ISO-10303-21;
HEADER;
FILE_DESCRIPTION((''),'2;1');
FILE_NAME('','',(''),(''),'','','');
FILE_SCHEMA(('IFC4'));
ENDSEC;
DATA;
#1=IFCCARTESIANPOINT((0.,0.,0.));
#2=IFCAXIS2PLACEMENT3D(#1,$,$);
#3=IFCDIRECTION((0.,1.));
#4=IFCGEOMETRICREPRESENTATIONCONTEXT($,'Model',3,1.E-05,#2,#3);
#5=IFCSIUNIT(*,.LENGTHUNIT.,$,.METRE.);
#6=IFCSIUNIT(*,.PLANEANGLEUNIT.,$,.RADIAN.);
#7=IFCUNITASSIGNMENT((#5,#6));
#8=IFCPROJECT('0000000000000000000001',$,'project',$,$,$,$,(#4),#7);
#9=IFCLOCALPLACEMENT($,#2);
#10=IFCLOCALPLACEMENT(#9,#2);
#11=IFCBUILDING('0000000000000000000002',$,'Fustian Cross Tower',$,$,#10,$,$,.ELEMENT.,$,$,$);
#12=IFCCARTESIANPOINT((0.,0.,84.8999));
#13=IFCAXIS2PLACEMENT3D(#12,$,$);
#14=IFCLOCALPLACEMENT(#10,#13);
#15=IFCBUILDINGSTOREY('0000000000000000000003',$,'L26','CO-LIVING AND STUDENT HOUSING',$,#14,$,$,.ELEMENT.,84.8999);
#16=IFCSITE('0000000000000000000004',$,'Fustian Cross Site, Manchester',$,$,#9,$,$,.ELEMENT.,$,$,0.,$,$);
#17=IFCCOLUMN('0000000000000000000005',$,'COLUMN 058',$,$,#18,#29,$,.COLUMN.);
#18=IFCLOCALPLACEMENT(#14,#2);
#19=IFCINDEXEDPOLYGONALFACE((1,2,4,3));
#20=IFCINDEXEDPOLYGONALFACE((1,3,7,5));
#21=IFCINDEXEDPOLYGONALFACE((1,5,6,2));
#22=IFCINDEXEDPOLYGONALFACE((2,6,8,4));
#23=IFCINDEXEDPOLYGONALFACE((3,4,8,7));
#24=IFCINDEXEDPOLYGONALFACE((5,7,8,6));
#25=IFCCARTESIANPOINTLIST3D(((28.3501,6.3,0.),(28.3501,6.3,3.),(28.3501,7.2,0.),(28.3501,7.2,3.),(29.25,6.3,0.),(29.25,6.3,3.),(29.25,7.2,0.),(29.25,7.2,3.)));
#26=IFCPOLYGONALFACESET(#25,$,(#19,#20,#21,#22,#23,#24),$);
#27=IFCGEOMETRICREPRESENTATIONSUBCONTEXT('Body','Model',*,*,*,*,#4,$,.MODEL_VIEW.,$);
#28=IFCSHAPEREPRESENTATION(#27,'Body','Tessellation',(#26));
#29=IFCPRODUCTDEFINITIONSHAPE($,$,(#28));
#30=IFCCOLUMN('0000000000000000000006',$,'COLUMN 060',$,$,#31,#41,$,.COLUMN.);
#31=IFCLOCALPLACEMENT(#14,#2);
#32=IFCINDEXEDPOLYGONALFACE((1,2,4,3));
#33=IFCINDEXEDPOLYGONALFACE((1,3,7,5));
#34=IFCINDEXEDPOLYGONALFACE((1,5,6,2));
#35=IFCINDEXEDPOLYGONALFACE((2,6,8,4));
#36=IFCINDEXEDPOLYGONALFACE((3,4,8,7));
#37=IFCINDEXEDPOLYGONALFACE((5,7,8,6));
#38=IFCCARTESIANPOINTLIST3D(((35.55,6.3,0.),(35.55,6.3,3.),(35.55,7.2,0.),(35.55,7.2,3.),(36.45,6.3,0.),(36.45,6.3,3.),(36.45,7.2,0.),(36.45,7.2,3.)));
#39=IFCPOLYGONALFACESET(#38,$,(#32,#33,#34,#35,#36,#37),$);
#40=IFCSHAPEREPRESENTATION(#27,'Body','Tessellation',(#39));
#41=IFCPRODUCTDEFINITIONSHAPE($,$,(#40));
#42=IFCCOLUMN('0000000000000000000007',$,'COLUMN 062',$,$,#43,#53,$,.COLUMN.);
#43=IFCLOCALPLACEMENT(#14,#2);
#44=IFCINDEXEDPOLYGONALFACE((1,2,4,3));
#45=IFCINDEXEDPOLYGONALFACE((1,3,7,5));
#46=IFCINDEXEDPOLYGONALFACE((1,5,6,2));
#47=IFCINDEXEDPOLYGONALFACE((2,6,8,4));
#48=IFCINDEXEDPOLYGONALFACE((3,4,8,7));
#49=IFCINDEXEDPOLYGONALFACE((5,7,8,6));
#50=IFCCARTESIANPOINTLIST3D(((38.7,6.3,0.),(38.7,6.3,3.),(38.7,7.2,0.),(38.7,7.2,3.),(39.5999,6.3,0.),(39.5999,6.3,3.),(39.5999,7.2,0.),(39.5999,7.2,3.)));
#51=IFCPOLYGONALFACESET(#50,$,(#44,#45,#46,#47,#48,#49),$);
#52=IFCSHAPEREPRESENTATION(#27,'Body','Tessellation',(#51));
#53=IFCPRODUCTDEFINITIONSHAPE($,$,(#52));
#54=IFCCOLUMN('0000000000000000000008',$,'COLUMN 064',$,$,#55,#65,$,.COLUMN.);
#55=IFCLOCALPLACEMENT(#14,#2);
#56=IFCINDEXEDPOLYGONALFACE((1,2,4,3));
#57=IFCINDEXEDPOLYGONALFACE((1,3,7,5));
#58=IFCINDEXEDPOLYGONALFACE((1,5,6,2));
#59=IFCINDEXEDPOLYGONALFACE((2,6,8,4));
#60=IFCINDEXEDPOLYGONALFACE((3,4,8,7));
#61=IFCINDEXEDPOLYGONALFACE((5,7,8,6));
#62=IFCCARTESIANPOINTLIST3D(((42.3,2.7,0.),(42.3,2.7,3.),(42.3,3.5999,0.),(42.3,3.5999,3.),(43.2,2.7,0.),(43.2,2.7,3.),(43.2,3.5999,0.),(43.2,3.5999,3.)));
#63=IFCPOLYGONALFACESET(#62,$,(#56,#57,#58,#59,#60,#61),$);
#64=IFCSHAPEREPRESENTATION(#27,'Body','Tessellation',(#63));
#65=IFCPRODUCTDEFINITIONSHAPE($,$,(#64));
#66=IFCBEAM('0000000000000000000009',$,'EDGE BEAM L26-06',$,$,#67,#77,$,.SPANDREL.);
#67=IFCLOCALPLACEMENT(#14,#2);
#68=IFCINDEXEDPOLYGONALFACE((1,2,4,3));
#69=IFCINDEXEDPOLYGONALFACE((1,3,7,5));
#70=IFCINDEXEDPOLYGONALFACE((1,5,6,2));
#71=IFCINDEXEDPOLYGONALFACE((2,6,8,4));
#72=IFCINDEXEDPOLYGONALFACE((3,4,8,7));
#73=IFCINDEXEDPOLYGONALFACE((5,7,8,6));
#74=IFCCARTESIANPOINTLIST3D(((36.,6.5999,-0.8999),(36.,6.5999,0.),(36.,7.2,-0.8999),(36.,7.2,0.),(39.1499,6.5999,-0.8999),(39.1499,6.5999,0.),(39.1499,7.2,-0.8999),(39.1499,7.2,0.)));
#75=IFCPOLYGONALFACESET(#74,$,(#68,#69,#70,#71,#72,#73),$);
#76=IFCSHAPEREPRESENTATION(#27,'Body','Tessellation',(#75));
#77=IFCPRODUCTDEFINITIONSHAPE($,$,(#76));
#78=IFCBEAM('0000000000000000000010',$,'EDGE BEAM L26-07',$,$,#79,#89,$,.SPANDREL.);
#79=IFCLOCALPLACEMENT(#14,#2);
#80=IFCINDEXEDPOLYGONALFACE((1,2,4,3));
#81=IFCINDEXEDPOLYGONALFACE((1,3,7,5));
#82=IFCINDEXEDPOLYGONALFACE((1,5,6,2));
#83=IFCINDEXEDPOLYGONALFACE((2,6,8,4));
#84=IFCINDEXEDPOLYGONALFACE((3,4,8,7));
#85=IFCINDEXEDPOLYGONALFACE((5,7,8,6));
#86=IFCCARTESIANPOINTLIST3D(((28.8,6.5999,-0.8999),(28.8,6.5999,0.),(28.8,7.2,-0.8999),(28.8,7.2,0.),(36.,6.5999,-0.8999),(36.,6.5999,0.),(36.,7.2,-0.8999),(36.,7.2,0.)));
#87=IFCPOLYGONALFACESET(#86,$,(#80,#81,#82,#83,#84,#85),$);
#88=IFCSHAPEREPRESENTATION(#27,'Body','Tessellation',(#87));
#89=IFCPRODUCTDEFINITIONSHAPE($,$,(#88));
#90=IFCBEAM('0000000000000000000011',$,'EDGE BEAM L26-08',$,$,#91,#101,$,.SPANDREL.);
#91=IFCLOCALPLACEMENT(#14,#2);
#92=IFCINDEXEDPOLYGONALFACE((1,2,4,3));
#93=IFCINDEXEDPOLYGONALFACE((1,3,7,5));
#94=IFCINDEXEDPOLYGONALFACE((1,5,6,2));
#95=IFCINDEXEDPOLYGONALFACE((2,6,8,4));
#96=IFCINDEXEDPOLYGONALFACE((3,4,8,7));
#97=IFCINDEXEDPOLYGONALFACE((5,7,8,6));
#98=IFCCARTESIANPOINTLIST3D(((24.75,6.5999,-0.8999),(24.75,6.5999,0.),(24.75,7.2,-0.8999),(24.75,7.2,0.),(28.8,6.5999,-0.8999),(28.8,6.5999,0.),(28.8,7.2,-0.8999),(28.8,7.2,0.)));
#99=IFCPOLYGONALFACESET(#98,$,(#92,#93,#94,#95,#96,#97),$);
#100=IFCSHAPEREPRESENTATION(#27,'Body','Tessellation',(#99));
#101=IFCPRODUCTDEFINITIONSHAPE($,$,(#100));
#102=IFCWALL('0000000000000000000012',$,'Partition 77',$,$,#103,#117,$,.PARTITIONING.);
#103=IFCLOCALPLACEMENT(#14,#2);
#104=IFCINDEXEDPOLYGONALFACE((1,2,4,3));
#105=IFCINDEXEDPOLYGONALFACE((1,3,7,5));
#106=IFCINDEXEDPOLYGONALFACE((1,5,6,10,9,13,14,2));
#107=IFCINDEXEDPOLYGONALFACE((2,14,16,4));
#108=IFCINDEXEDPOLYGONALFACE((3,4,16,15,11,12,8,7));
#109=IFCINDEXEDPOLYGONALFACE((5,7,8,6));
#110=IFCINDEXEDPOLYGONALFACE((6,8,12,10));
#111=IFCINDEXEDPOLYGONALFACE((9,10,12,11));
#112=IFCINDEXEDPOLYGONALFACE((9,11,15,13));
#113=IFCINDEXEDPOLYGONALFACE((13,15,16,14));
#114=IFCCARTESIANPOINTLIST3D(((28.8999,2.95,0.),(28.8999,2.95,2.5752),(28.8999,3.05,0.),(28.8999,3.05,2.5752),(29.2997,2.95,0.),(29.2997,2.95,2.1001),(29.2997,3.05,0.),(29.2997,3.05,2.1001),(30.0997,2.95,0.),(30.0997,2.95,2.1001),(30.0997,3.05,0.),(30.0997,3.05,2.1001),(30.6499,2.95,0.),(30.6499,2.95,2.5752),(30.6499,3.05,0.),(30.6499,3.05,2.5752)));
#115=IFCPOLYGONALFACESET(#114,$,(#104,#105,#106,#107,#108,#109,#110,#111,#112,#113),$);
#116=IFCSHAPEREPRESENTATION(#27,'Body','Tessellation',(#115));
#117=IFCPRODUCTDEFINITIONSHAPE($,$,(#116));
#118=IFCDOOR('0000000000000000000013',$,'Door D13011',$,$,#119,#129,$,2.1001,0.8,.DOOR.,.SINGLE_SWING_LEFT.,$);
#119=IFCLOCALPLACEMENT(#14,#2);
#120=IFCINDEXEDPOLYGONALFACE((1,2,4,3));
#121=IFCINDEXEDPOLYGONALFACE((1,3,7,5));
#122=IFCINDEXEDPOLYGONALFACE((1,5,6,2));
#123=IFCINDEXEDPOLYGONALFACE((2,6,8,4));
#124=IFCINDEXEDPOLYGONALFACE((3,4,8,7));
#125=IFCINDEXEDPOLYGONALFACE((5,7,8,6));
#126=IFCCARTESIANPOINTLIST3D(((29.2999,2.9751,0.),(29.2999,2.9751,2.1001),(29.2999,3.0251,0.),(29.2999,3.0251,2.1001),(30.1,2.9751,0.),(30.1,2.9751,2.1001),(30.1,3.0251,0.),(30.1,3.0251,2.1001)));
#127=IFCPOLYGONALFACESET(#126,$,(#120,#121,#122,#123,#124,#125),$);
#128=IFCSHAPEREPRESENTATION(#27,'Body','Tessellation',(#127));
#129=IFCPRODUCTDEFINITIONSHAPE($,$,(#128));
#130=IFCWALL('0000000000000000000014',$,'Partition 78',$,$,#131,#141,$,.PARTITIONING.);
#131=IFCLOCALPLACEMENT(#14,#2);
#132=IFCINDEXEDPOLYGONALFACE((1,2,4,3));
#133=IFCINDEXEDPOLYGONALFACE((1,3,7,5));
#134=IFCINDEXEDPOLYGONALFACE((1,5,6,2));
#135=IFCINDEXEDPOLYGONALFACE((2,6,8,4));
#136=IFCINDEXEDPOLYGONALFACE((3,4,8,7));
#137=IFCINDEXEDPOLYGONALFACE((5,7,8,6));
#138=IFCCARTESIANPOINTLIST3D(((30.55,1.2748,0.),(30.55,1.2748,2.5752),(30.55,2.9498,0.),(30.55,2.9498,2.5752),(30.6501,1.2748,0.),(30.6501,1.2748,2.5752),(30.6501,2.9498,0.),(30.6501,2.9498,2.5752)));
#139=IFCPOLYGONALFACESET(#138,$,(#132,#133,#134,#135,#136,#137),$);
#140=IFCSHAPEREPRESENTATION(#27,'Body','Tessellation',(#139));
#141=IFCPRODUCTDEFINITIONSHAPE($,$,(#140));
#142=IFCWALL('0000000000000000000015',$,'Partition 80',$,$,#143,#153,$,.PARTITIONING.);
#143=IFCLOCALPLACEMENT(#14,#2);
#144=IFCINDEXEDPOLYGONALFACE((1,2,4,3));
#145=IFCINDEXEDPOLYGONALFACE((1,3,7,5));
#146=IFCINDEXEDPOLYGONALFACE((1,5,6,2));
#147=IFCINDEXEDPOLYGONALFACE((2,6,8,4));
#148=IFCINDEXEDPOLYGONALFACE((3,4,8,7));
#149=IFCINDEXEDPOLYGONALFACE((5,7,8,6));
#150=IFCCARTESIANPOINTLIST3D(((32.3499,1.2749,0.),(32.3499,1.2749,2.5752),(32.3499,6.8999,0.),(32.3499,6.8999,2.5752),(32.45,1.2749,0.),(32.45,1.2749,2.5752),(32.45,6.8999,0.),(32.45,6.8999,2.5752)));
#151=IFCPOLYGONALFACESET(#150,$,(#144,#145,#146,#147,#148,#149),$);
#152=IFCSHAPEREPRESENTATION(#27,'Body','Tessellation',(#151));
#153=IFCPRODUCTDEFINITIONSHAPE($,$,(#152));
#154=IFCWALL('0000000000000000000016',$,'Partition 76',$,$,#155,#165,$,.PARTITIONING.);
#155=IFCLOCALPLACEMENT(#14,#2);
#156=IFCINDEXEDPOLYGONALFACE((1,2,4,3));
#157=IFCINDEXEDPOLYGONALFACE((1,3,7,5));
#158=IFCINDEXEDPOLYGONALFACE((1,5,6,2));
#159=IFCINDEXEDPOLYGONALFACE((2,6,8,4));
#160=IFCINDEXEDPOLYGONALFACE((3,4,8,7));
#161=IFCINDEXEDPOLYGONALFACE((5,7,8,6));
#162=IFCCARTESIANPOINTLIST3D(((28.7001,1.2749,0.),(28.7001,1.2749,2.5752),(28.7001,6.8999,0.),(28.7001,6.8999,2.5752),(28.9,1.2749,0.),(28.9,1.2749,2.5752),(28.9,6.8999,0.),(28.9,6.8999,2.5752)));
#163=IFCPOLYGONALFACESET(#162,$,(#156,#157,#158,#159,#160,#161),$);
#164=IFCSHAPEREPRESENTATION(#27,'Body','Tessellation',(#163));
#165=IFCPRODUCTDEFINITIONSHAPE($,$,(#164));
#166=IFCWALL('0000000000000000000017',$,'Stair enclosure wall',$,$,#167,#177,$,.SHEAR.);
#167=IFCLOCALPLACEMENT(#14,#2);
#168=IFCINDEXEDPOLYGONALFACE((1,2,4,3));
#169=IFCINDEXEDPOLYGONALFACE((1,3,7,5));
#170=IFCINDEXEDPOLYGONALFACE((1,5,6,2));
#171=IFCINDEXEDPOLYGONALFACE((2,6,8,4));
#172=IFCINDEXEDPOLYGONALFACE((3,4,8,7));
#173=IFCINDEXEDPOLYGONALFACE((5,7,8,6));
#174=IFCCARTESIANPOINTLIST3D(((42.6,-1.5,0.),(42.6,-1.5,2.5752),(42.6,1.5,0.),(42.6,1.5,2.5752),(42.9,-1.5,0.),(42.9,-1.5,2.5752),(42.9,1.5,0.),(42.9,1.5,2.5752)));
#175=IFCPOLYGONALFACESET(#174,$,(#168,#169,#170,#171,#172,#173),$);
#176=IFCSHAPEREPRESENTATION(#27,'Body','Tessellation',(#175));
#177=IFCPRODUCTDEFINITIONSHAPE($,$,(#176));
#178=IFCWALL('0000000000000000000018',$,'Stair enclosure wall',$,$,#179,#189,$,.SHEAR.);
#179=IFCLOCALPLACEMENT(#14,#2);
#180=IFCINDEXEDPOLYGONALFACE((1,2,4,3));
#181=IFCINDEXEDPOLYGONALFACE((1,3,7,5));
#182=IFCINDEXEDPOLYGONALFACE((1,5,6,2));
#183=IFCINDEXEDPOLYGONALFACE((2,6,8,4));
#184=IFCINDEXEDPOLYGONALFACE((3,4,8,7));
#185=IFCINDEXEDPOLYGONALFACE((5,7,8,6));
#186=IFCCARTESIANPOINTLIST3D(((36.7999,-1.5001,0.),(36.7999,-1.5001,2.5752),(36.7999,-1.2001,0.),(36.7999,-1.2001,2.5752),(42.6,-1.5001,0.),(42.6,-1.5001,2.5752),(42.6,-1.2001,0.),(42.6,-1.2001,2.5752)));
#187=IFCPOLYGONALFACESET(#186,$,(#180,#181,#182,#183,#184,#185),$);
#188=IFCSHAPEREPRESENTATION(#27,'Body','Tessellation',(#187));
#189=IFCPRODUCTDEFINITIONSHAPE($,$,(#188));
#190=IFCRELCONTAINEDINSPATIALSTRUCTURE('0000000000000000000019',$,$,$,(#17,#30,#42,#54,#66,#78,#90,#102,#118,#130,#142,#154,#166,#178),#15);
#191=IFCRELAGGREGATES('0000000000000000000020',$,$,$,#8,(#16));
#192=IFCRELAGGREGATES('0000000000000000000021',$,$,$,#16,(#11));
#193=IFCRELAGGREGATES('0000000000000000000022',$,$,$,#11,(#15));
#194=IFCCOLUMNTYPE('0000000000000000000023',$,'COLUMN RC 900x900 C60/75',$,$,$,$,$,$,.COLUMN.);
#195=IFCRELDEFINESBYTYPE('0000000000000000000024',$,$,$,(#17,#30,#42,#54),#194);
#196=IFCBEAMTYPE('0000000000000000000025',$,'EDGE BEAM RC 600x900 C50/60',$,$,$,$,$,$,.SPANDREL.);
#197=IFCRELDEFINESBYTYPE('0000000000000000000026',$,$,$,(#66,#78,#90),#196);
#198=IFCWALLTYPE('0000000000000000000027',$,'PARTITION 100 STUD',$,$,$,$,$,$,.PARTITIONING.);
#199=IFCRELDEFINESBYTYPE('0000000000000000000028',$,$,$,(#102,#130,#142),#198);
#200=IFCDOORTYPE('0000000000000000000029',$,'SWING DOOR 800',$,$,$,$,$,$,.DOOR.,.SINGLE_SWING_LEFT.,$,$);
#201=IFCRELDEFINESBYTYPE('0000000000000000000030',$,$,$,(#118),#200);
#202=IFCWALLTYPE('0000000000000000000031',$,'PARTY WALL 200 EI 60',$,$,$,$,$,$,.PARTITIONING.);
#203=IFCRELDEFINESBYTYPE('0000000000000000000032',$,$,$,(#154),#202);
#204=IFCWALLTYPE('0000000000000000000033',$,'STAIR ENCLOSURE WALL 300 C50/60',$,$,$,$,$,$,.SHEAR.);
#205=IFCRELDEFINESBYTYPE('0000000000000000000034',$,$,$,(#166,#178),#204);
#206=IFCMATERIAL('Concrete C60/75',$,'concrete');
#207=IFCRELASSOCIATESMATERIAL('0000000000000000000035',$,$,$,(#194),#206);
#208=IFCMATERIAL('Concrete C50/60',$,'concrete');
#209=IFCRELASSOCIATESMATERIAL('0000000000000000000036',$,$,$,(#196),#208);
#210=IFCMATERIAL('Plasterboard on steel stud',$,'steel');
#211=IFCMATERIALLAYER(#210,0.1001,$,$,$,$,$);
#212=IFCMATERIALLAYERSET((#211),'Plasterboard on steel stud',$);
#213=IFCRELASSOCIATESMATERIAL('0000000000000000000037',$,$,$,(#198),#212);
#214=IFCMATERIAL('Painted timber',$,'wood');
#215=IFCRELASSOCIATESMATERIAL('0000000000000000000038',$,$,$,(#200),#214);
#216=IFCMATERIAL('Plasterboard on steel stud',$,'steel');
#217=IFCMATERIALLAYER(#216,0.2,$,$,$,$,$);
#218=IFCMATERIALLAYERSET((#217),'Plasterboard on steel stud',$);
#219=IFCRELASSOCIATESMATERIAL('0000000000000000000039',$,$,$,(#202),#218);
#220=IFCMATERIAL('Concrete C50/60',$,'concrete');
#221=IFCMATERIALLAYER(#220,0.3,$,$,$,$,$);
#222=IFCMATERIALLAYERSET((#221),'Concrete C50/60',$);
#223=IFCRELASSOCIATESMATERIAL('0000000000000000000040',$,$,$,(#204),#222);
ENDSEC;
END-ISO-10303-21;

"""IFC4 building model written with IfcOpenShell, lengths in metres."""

from ifc_helpers import new_model, si_unit, direction, frame, frame_2d, origin, origin_2d, place, context, subcontext, project, spatial, rectangle, extrude, material, layer, layer_set, material_profile, profile_set, type_object, element, fill, save


model = new_model("IFC4")

# Units and contexts
model_context = context("Model", 3, precision=1e-05, world=origin(), true_north=direction((0.0, 1.0)))
body_context = subcontext(model_context, "Body", "Model", "MODEL_VIEW")
ifc_project = project(units=[si_unit("LENGTHUNIT", "METRE"), si_unit("PLANEANGLEUNIT", "RADIAN")], contexts=[model_context])

# Site, building, storey
site_placement = place(None, origin())
site = spatial("IfcSite", under=ifc_project, at=site_placement, Name="Fustian Cross Site, Manchester", CompositionType="ELEMENT", RefElevation=0.0)
building_placement = place(site_placement, origin())
building = spatial("IfcBuilding", under=site, at=building_placement, Name="Fustian Cross Tower", CompositionType="ELEMENT")
storey_placement = place(building_placement, frame((0.0, 0.0, 84.8999)))
storey = spatial("IfcBuildingStorey", under=building, at=storey_placement, Name="L26", Description="CO-LIVING AND STUDENT HOUSING", CompositionType="ELEMENT", Elevation=84.8999)

# Columns
ifc_material_1 = material(Name="Concrete C60/75", Category="concrete")
ifc_material_profile_1 = material_profile(ifc_material_1, rectangle(XDim=0.8999, YDim=0.8999, at=origin_2d()), Name="RC 900x900")
ifc_profile_set_1 = profile_set([ifc_material_profile_1], Name="Concrete C60/75")
column_type = type_object("IfcColumnType", Name="COLUMN RC 900x900 C60/75", PredefinedType="COLUMN", material=ifc_profile_set_1)
for number, where, z_axis, x_axis, name in (
    (1, (28.8, 6.75, 0.0), (0.0, 0.0, 1.0), (1.0, 0.0, 0.0), "COLUMN 058"),
    (2, (36.0, 6.75, 0.0), (0.0, 0.0, 1.0), (1.0, 0.0, 0.0), "COLUMN 060"),
    (3, (39.1499, 6.75, 0.0), (0.0, 0.0, 1.0), (1.0, 0.0, 0.0), "COLUMN 062"),
    (4, (42.75, 3.1499, 0.0), (0.0, 0.0, 1.0), (1.0, 0.0, 0.0), "COLUMN 064"),
):
    element("IfcColumn", number, at=place(storey_placement, frame(where, z_axis=z_axis, x_axis=x_axis)), inside=storey, type_object=column_type, Name=name, PredefinedType="COLUMN", context=body_context, shape_type="SweptSolid", body=[
        extrude(rectangle(XDim=0.8999, YDim=0.8999, at=origin_2d()), origin(), (0.0, 0.0, 1.0), 3.0),
    ])

# Beams
ifc_material_2 = material(Name="Concrete C50/60", Category="concrete")
ifc_material_profile_2 = material_profile(ifc_material_2, rectangle(XDim=0.6001, YDim=0.8999, at=origin_2d()), Name="RC 600x900")
ifc_profile_set_2 = profile_set([ifc_material_profile_2], Name="Concrete C50/60")
beam_type = type_object("IfcBeamType", Name="EDGE BEAM RC 600x900 C50/60", PredefinedType="SPANDREL", material=ifc_profile_set_2)
beam_1_placement = place(storey_placement, frame((39.1499, 6.8999, -0.45), z_axis=(-1.0, 0.0, 0.0), x_axis=(0.0, -1.0, 0.0)))
element("IfcBeam", 5, at=beam_1_placement, inside=storey, type_object=beam_type, Name="EDGE BEAM L26-06", PredefinedType="SPANDREL", context=body_context, shape_type="SweptSolid", body=[
    extrude(rectangle(XDim=0.6001, YDim=0.8999, at=origin_2d()), origin(), (0.0, 0.0, 1.0), 3.1499),
])
beam_2_placement = place(storey_placement, frame((36.0, 6.8999, -0.45), z_axis=(-1.0, 0.0, 0.0), x_axis=(0.0, -1.0, 0.0)))
element("IfcBeam", 6, at=beam_2_placement, inside=storey, type_object=beam_type, Name="EDGE BEAM L26-07", PredefinedType="SPANDREL", context=body_context, shape_type="SweptSolid", body=[
    extrude(rectangle(XDim=0.6001, YDim=0.8999, at=origin_2d()), origin(), (0.0, 0.0, 1.0), 7.2),
])
beam_3_placement = place(storey_placement, frame((28.8, 6.8999, -0.45), z_axis=(-1.0, 0.0, 0.0), x_axis=(0.0, -1.0, 0.0)))
element("IfcBeam", 7, at=beam_3_placement, inside=storey, type_object=beam_type, Name="EDGE BEAM L26-08", PredefinedType="SPANDREL", context=body_context, shape_type="SweptSolid", body=[
    extrude(rectangle(XDim=0.6001, YDim=0.8999, at=origin_2d()), origin(), (0.0, 0.0, 1.0), 4.05),
])

# Wall, opening, door
ifc_material_3 = material(Name="Plasterboard on steel stud", Category="steel")
ifc_layer_1 = layer(ifc_material_3, 0.1001)
ifc_layer_set_1 = layer_set([ifc_layer_1], Name="Plasterboard on steel stud")
wall_type_1 = type_object("IfcWallType", Name="PARTITION 100 STUD", PredefinedType="PARTITIONING", material=ifc_layer_set_1)
wall_1_placement = place(storey_placement, frame((28.8999, 3.0, 0.0), z_axis=(0.0, 0.0, 1.0), x_axis=(1.0, 0.0, 0.0)))
wall_1 = element("IfcWall", 8, at=wall_1_placement, inside=storey, type_object=wall_type_1, Name="Partition 77", PredefinedType="PARTITIONING", context=body_context, shape_type="SweptSolid", body=[
    extrude(rectangle(XDim=1.75, YDim=0.1001, at=frame_2d((0.875, 0.0))), origin(), (0.0, 0.0, 1.0), 2.5752),
])
opening_1_placement = place(wall_1_placement, frame((0.3999, 0.0, 0.0)))
opening_1 = element("IfcOpeningElement", 9, at=opening_1_placement, cuts=wall_1, PredefinedType="OPENING", context=body_context, shape_type="SweptSolid", body=[
    extrude(rectangle(XDim=0.8, YDim=2.1001, at=frame_2d((0.3999, 1.05))), frame((0.0, 0.0601, 0.0), z_axis=(0.0, -1.0, 0.0), x_axis=(1.0, 0.0, 0.0)), (0.0, 0.0, 1.0), 0.1201),
])
ifc_material_4 = material(Name="Painted timber", Category="wood")
door_type = type_object("IfcDoorType", Name="SWING DOOR 800", OperationType="SINGLE_SWING_LEFT", PredefinedType="DOOR", material=ifc_material_4)
door_placement = place(opening_1_placement, frame((0.8, 0.0, 0.0), z_axis=(0.0, 0.0, 1.0), x_axis=(-1.0, 0.0, 0.0)))
door = element("IfcDoor", 10, at=door_placement, inside=storey, type_object=door_type, Name="Door D13011", OperationType="SINGLE_SWING_LEFT", OverallHeight=2.1001, OverallWidth=0.8, PredefinedType="DOOR", context=body_context, shape_type="SweptSolid", body=[
    extrude(rectangle(XDim=0.8, YDim=2.1001, at=frame_2d((0.3999, 1.05))), frame((0.0, 0.0249, 0.0), z_axis=(0.0, -1.0, 0.0), x_axis=(1.0, 0.0, 0.0)), (0.0, 0.0, 1.0), 0.05),
])
fill(opening_1, door)

# Walls
wall_2_placement = place(storey_placement, frame((30.6001, 1.2749, 0.0), z_axis=(0.0, 0.0, 1.0), x_axis=(0.0, 1.0, 0.0)))
element("IfcWall", 11, at=wall_2_placement, inside=storey, type_object=wall_type_1, Name="Partition 78", PredefinedType="PARTITIONING", context=body_context, shape_type="SweptSolid", body=[
    extrude(rectangle(XDim=1.675, YDim=0.1001, at=frame_2d((0.8374, 0.0))), origin(), (0.0, 0.0, 1.0), 2.5752),
])
wall_3_placement = place(storey_placement, frame((32.3999, 1.2749, 0.0), z_axis=(0.0, 0.0, 1.0), x_axis=(0.0, 1.0, 0.0)))
element("IfcWall", 12, at=wall_3_placement, inside=storey, type_object=wall_type_1, Name="Partition 80", PredefinedType="PARTITIONING", context=body_context, shape_type="SweptSolid", body=[
    extrude(rectangle(XDim=5.625, YDim=0.1001, at=frame_2d((2.8125, 0.0))), origin(), (0.0, 0.0, 1.0), 2.5752),
])
ifc_material_5 = material(Name="Plasterboard on steel stud", Category="steel")
ifc_layer_2 = layer(ifc_material_5, 0.2)
ifc_layer_set_2 = layer_set([ifc_layer_2], Name="Plasterboard on steel stud")
wall_type_2 = type_object("IfcWallType", Name="PARTY WALL 200 EI 60", PredefinedType="PARTITIONING", material=ifc_layer_set_2)
wall_4_placement = place(storey_placement, frame((28.8, 1.2749, 0.0), z_axis=(0.0, 0.0, 1.0), x_axis=(0.0, 1.0, 0.0)))
element("IfcWall", 13, at=wall_4_placement, inside=storey, type_object=wall_type_2, Name="Partition 76", PredefinedType="PARTITIONING", context=body_context, shape_type="SweptSolid", body=[
    extrude(rectangle(XDim=5.625, YDim=0.2, at=frame_2d((2.8125, 0.0))), origin(), (0.0, 0.0, 1.0), 2.5752),
])
ifc_material_6 = material(Name="Concrete C50/60", Category="concrete")
ifc_layer_3 = layer(ifc_material_6, 0.3)
ifc_layer_set_3 = layer_set([ifc_layer_3], Name="Concrete C50/60")
wall_type_3 = type_object("IfcWallType", Name="STAIR ENCLOSURE WALL 300 C50/60", PredefinedType="SHEAR", material=ifc_layer_set_3)
wall_5_placement = place(storey_placement, frame((42.75, -1.5, 0.0), z_axis=(0.0, 0.0, 1.0), x_axis=(0.0, 1.0, 0.0)))
element("IfcWall", 14, at=wall_5_placement, inside=storey, type_object=wall_type_3, Name="Stair enclosure wall", PredefinedType="SHEAR", context=body_context, shape_type="SweptSolid", body=[
    extrude(rectangle(XDim=3.0, YDim=0.3, at=frame_2d((1.5, 0.0))), origin(), (0.0, 0.0, 1.0), 2.5752),
])
for number, where, z_axis, x_axis, name in (
    (15, (36.8, -1.3501, 0.0), (0.0, 0.0, 1.0), (1.0, 0.0, 0.0), "Stair enclosure wall"),
):
    element("IfcWall", number, at=place(storey_placement, frame(where, z_axis=z_axis, x_axis=x_axis)), inside=storey, type_object=wall_type_3, Name=name, PredefinedType="SHEAR", context=body_context, shape_type="SweptSolid", body=[
        extrude(rectangle(XDim=5.8, YDim=0.3, at=frame_2d((2.8999, 0.0))), origin(), (0.0, 0.0, 1.0), 2.5752),
    ])

save(model, "model.ifc")
